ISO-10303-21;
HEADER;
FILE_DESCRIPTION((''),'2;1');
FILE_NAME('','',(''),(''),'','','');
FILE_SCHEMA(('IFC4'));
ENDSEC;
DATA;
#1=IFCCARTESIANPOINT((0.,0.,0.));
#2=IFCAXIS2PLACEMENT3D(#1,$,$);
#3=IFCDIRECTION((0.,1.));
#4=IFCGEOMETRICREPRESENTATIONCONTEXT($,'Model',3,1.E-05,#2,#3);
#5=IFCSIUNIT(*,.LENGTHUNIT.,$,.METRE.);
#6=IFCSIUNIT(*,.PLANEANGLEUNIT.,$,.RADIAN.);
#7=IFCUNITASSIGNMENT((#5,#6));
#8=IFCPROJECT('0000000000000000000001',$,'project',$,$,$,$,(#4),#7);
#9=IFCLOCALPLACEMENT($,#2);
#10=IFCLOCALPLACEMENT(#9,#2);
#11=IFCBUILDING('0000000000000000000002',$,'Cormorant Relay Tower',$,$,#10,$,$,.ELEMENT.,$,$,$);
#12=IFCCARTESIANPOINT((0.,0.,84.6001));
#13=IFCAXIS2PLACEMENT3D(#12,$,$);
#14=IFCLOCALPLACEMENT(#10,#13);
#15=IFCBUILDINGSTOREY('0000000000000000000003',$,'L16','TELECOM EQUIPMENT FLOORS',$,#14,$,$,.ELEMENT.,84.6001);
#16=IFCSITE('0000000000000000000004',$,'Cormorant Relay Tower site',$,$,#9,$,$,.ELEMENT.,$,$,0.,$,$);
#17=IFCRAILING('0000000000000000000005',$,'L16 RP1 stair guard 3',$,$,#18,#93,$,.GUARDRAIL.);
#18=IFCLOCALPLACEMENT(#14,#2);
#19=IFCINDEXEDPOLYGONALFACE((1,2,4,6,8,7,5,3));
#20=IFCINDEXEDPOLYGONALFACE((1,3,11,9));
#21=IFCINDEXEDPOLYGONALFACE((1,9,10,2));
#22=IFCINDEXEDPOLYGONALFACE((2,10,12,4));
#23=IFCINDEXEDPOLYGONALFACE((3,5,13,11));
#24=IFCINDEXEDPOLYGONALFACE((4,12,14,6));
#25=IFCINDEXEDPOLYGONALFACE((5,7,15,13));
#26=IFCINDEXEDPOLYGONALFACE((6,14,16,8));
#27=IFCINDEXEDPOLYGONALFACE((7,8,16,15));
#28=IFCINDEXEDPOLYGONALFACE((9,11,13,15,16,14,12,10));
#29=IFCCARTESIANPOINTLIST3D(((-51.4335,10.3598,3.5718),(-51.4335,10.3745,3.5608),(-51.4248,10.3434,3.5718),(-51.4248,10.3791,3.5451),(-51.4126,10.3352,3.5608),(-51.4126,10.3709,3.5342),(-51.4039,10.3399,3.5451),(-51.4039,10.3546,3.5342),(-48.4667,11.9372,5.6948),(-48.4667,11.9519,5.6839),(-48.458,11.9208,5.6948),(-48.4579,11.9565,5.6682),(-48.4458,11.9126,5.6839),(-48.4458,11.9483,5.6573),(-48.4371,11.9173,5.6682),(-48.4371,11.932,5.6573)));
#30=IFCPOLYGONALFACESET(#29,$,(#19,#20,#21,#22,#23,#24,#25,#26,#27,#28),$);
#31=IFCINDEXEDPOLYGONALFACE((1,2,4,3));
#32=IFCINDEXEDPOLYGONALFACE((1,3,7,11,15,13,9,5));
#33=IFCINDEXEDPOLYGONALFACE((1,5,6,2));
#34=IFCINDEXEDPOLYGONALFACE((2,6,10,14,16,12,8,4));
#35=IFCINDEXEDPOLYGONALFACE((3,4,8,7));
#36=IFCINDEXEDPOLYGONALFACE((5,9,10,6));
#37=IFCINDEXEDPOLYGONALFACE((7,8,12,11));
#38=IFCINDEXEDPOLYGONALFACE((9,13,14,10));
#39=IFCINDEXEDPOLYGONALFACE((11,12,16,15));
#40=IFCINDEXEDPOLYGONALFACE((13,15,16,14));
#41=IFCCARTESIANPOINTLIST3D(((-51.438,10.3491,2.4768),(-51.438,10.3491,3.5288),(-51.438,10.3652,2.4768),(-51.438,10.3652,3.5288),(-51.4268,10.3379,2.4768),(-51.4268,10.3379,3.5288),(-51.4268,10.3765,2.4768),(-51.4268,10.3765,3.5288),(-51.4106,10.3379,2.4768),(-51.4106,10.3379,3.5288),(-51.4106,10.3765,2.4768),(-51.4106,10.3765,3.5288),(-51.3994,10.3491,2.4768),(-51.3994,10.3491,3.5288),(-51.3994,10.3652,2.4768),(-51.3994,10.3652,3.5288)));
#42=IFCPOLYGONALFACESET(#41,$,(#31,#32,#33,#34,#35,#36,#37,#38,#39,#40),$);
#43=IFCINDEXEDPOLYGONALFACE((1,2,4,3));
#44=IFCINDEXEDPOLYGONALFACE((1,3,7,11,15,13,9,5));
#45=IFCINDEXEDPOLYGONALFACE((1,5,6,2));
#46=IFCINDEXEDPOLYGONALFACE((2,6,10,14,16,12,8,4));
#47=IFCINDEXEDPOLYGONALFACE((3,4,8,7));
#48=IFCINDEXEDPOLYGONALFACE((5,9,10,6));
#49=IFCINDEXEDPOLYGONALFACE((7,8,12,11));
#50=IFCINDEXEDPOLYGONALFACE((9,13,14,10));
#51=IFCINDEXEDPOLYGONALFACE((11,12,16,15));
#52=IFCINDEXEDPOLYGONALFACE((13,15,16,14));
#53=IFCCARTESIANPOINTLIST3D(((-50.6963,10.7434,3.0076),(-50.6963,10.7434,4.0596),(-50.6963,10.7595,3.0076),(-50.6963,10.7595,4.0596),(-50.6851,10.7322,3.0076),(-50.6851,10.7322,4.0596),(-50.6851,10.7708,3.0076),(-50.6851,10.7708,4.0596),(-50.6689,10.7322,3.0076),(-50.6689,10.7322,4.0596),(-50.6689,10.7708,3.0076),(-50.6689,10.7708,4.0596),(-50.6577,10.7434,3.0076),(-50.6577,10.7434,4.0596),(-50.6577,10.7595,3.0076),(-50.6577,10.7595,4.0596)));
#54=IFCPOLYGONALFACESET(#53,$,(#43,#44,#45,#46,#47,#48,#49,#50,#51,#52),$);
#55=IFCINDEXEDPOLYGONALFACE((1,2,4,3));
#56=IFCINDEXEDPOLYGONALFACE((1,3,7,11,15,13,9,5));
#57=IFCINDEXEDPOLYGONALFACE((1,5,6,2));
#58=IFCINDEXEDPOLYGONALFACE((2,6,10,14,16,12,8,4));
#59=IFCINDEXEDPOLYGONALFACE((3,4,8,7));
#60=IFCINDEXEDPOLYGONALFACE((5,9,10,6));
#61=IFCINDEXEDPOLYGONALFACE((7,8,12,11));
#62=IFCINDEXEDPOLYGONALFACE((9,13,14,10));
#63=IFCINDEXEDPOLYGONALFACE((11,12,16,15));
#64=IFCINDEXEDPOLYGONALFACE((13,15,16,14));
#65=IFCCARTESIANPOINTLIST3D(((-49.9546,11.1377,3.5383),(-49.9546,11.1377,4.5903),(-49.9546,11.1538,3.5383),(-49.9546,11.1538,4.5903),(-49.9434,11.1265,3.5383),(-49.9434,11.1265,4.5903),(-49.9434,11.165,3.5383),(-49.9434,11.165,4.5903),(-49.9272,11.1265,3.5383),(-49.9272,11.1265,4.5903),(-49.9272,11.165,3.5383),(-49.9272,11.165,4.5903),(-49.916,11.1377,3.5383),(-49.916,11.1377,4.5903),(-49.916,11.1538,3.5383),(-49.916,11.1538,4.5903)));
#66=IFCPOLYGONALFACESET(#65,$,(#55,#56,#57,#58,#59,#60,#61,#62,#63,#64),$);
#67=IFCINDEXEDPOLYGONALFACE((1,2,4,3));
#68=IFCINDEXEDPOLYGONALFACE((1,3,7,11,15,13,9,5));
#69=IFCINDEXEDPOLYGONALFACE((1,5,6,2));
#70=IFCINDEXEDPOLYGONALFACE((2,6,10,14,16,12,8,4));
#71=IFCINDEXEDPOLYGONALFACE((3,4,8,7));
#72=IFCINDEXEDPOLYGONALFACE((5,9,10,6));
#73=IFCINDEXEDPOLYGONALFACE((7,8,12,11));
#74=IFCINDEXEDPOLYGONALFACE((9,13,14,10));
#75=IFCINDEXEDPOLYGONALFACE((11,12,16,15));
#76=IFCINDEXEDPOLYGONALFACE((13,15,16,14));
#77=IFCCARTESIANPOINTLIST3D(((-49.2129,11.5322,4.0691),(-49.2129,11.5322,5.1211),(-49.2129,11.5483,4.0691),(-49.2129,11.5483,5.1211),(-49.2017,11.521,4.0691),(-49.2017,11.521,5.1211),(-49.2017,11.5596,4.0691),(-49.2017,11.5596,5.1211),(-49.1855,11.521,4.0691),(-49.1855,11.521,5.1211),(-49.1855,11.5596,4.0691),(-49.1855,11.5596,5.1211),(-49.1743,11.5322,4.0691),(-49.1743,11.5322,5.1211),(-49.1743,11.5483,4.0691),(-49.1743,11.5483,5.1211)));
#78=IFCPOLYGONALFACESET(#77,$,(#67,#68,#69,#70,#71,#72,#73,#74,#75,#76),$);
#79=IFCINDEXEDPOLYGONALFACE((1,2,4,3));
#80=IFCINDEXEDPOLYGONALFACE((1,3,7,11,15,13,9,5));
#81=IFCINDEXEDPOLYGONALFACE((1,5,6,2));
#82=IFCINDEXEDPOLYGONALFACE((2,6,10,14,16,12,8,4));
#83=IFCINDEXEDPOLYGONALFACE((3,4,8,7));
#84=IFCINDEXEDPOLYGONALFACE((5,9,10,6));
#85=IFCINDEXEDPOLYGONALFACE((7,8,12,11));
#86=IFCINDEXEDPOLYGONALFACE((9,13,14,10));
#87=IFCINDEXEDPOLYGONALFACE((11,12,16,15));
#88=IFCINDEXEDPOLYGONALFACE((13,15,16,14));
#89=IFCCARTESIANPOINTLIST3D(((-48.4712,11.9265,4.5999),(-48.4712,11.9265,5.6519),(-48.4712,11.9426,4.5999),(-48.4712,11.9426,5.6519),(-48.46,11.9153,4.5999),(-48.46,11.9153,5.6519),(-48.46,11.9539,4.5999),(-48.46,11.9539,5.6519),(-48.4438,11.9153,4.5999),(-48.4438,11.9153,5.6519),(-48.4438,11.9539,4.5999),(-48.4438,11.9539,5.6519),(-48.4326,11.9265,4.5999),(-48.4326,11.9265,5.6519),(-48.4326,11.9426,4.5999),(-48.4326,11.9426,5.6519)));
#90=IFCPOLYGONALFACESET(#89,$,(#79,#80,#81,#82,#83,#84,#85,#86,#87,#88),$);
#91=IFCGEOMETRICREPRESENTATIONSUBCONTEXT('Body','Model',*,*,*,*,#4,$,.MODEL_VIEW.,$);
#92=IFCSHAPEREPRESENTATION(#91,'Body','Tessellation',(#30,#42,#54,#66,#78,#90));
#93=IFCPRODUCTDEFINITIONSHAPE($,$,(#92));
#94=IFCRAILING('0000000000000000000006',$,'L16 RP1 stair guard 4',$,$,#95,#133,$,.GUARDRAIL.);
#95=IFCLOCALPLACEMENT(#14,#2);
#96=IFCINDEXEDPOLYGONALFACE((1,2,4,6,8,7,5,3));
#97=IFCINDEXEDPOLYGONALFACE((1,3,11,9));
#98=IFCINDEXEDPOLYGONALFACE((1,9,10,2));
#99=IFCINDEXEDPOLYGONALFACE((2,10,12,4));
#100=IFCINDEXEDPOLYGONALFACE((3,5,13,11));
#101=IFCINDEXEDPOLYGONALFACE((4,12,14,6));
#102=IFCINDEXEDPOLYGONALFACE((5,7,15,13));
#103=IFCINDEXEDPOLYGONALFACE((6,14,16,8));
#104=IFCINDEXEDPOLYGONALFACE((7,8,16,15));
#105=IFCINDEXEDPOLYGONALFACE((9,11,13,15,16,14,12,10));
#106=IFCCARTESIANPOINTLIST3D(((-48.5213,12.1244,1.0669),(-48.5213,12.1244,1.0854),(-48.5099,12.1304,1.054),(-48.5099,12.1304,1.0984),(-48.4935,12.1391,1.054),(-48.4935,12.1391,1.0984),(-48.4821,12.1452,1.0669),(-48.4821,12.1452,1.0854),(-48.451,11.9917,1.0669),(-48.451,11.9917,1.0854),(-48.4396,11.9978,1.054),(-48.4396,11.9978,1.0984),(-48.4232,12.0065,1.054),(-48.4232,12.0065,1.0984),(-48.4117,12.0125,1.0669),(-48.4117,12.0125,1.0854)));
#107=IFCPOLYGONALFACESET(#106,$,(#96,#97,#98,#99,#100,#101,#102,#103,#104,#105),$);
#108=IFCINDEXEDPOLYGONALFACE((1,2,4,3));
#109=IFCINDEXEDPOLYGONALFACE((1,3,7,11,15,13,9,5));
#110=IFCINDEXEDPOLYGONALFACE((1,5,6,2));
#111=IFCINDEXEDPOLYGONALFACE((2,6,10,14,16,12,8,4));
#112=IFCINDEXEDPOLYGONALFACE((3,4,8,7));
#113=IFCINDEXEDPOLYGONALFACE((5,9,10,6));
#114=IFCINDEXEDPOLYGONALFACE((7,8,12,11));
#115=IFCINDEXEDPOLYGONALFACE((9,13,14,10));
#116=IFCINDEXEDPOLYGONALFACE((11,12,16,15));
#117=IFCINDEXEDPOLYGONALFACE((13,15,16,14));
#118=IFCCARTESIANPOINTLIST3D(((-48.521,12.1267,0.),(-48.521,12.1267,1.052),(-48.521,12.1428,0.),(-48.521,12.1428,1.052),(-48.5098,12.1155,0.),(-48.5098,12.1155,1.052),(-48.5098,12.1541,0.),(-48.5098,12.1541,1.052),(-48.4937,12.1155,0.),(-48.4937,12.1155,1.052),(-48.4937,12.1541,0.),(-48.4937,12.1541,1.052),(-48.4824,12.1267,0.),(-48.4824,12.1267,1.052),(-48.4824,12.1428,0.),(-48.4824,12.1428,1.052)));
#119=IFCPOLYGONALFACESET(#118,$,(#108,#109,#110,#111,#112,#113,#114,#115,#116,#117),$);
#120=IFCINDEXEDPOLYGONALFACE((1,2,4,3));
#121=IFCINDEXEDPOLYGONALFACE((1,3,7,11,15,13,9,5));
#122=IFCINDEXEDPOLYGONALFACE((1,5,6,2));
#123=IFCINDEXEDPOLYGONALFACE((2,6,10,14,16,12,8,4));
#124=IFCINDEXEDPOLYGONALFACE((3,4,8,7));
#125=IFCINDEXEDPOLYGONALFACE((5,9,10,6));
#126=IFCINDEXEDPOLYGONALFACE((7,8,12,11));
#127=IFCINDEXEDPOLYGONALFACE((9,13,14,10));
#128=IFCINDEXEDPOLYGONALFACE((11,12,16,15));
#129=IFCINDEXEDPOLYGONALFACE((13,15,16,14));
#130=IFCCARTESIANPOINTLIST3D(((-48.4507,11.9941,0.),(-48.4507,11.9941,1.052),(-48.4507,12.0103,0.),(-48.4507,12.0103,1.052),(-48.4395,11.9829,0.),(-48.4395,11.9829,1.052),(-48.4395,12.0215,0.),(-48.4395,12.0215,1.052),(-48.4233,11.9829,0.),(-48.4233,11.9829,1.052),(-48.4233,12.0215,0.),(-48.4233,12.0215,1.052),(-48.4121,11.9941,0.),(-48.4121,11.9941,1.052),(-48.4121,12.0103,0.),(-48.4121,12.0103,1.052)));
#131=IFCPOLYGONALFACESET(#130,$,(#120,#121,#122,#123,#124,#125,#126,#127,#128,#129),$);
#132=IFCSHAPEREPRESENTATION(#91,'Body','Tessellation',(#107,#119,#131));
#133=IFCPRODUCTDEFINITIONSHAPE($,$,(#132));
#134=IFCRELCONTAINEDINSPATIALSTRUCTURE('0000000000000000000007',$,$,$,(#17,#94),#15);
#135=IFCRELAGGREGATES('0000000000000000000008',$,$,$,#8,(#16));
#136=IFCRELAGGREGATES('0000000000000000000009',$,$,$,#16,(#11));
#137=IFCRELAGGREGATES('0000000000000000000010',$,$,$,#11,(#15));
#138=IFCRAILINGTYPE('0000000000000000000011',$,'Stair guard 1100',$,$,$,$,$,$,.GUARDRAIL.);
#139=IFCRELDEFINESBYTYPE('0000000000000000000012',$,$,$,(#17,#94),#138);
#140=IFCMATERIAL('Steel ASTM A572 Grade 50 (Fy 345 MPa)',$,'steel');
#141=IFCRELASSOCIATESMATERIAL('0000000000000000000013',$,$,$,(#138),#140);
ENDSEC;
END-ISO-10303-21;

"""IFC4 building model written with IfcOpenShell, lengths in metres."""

from ifc_helpers import new_model, si_unit, direction, frame, origin, place, context, subcontext, project, spatial, polyline, outline, extrude, material, type_object, element, save


model = new_model("IFC4")

# Units and contexts
model_context = context("Model", 3, precision=1e-05, world=origin(), true_north=direction((0.0, 1.0)))
body_context = subcontext(model_context, "Body", "Model", "MODEL_VIEW")
ifc_project = project(units=[si_unit("LENGTHUNIT", "METRE"), si_unit("PLANEANGLEUNIT", "RADIAN")], contexts=[model_context])

# Site, building, storey
site_placement = place(None, origin())
site = spatial("IfcSite", under=ifc_project, at=site_placement, Name="Cormorant Relay Tower site", CompositionType="ELEMENT", RefElevation=0.0)
building_placement = place(site_placement, origin())
building = spatial("IfcBuilding", under=site, at=building_placement, Name="Cormorant Relay Tower", CompositionType="ELEMENT")
storey_placement = place(building_placement, frame((0.0, 0.0, 84.6001)))
storey = spatial("IfcBuildingStorey", under=building, at=storey_placement, Name="L16", Description="TELECOM EQUIPMENT FLOORS", CompositionType="ELEMENT", Elevation=84.6001)

# Railings
ifc_material_1 = material(Name="Steel ASTM A572 Grade 50 (Fy 345 MPa)", Category="steel")
railing_type_1 = type_object("IfcRailingType", Name="Stair guard 1100", PredefinedType="GUARDRAIL", material=ifc_material_1)
railing_1_placement = place(storey_placement, frame((-51.4187, 10.3572, 2.4768)))
element("IfcRailing", 1, at=railing_1_placement, inside=storey, type_object=railing_type_1, Name="L16 RP1 stair guard 3", PredefinedType="GUARDRAIL", context=body_context, shape_type="SweptSolid", body=[
    extrude(outline(polyline([(0.0222, 0.0093), (0.0093, 0.0222), (-0.0093, 0.0222), (-0.0222, 0.0093), (-0.0222, -0.0093), (-0.0093, -0.0222), (0.0093, -0.0222), (0.0222, -0.0093), (0.0222, 0.0093)])), frame((0.0, 0.0, 1.0762), z_axis=(0.746441, 0.396869, 0.534155), x_axis=(-0.469453, 0.882958, 0.0)), (0.0, 0.0, 1.0), 3.9746),
    extrude(outline(polyline([(0.0193, 0.0081), (0.0081, 0.0193), (-0.0081, 0.0193), (-0.0193, 0.0081), (-0.0193, -0.0081), (-0.0081, -0.0193), (0.0081, -0.0193), (0.0193, -0.0081), (0.0193, 0.0081)])), origin(), (0.0, 0.0, 1.0), 1.052),
    extrude(outline(polyline([(0.0193, 0.0081), (0.0081, 0.0193), (-0.0081, 0.0193), (-0.0193, 0.0081), (-0.0193, -0.0081), (-0.0081, -0.0193), (0.0081, -0.0193), (0.0193, -0.0081), (0.0193, 0.0081)])), frame((0.7417, 0.3943, 0.5308)), (0.0, 0.0, 1.0), 1.052),
    extrude(outline(polyline([(0.0193, 0.0081), (0.0081, 0.0193), (-0.0081, 0.0193), (-0.0193, 0.0081), (-0.0193, -0.0081), (-0.0081, -0.0193), (0.0081, -0.0193), (0.0193, -0.0081), (0.0193, 0.0081)])), frame((1.4834, 0.7886, 1.0615)), (0.0, 0.0, 1.0), 1.052),
    extrude(outline(polyline([(0.0193, 0.0081), (0.0081, 0.0193), (-0.0081, 0.0193), (-0.0193, 0.0081), (-0.0193, -0.0081), (-0.0081, -0.0193), (0.0081, -0.0193), (0.0193, -0.0081), (0.0193, 0.0081)])), frame((2.2251, 1.1831, 1.5923)), (0.0, 0.0, 1.0), 1.052),
    extrude(outline(polyline([(0.0193, 0.0081), (0.0081, 0.0193), (-0.0081, 0.0193), (-0.0193, 0.0081), (-0.0193, -0.0081), (-0.0081, -0.0193), (0.0081, -0.0193), (0.0193, -0.0081), (0.0193, 0.0081)])), frame((2.9668, 1.5774, 2.123)), (0.0, 0.0, 1.0), 1.052),
])
railing_2_placement = place(storey_placement, frame((-48.5017, 12.1348, 0.0)))
element("IfcRailing", 2, at=railing_2_placement, inside=storey, type_object=railing_type_1, Name="L16 RP1 stair guard 4", PredefinedType="GUARDRAIL", context=body_context, shape_type="SweptSolid", body=[
    extrude(outline(polyline([(0.0222, 0.0093), (0.0093, 0.0222), (-0.0093, 0.0222), (-0.0222, 0.0093), (-0.0222, -0.0093), (-0.0093, -0.0222), (0.0093, -0.0222), (0.0222, -0.0093), (0.0222, 0.0093)])), frame((0.0, 0.0, 1.0762), z_axis=(0.46856, -0.883431, 0.0), x_axis=(0.883431, 0.46856, 0.0)), (0.0, 0.0, 1.0), 0.1501),
    extrude(outline(polyline([(0.0193, 0.0081), (0.0081, 0.0193), (-0.0081, 0.0193), (-0.0193, 0.0081), (-0.0193, -0.0081), (-0.0081, -0.0193), (0.0081, -0.0193), (0.0193, -0.0081), (0.0193, 0.0081)])), origin(), (0.0, 0.0, 1.0), 1.052),
    extrude(outline(polyline([(0.0193, 0.0081), (0.0081, 0.0193), (-0.0081, 0.0193), (-0.0193, 0.0081), (-0.0193, -0.0081), (-0.0081, -0.0193), (0.0081, -0.0193), (0.0193, -0.0081), (0.0193, 0.0081)])), frame((0.0703, -0.1326, 0.0)), (0.0, 0.0, 1.0), 1.052),
])

save(model, "model.ifc")
